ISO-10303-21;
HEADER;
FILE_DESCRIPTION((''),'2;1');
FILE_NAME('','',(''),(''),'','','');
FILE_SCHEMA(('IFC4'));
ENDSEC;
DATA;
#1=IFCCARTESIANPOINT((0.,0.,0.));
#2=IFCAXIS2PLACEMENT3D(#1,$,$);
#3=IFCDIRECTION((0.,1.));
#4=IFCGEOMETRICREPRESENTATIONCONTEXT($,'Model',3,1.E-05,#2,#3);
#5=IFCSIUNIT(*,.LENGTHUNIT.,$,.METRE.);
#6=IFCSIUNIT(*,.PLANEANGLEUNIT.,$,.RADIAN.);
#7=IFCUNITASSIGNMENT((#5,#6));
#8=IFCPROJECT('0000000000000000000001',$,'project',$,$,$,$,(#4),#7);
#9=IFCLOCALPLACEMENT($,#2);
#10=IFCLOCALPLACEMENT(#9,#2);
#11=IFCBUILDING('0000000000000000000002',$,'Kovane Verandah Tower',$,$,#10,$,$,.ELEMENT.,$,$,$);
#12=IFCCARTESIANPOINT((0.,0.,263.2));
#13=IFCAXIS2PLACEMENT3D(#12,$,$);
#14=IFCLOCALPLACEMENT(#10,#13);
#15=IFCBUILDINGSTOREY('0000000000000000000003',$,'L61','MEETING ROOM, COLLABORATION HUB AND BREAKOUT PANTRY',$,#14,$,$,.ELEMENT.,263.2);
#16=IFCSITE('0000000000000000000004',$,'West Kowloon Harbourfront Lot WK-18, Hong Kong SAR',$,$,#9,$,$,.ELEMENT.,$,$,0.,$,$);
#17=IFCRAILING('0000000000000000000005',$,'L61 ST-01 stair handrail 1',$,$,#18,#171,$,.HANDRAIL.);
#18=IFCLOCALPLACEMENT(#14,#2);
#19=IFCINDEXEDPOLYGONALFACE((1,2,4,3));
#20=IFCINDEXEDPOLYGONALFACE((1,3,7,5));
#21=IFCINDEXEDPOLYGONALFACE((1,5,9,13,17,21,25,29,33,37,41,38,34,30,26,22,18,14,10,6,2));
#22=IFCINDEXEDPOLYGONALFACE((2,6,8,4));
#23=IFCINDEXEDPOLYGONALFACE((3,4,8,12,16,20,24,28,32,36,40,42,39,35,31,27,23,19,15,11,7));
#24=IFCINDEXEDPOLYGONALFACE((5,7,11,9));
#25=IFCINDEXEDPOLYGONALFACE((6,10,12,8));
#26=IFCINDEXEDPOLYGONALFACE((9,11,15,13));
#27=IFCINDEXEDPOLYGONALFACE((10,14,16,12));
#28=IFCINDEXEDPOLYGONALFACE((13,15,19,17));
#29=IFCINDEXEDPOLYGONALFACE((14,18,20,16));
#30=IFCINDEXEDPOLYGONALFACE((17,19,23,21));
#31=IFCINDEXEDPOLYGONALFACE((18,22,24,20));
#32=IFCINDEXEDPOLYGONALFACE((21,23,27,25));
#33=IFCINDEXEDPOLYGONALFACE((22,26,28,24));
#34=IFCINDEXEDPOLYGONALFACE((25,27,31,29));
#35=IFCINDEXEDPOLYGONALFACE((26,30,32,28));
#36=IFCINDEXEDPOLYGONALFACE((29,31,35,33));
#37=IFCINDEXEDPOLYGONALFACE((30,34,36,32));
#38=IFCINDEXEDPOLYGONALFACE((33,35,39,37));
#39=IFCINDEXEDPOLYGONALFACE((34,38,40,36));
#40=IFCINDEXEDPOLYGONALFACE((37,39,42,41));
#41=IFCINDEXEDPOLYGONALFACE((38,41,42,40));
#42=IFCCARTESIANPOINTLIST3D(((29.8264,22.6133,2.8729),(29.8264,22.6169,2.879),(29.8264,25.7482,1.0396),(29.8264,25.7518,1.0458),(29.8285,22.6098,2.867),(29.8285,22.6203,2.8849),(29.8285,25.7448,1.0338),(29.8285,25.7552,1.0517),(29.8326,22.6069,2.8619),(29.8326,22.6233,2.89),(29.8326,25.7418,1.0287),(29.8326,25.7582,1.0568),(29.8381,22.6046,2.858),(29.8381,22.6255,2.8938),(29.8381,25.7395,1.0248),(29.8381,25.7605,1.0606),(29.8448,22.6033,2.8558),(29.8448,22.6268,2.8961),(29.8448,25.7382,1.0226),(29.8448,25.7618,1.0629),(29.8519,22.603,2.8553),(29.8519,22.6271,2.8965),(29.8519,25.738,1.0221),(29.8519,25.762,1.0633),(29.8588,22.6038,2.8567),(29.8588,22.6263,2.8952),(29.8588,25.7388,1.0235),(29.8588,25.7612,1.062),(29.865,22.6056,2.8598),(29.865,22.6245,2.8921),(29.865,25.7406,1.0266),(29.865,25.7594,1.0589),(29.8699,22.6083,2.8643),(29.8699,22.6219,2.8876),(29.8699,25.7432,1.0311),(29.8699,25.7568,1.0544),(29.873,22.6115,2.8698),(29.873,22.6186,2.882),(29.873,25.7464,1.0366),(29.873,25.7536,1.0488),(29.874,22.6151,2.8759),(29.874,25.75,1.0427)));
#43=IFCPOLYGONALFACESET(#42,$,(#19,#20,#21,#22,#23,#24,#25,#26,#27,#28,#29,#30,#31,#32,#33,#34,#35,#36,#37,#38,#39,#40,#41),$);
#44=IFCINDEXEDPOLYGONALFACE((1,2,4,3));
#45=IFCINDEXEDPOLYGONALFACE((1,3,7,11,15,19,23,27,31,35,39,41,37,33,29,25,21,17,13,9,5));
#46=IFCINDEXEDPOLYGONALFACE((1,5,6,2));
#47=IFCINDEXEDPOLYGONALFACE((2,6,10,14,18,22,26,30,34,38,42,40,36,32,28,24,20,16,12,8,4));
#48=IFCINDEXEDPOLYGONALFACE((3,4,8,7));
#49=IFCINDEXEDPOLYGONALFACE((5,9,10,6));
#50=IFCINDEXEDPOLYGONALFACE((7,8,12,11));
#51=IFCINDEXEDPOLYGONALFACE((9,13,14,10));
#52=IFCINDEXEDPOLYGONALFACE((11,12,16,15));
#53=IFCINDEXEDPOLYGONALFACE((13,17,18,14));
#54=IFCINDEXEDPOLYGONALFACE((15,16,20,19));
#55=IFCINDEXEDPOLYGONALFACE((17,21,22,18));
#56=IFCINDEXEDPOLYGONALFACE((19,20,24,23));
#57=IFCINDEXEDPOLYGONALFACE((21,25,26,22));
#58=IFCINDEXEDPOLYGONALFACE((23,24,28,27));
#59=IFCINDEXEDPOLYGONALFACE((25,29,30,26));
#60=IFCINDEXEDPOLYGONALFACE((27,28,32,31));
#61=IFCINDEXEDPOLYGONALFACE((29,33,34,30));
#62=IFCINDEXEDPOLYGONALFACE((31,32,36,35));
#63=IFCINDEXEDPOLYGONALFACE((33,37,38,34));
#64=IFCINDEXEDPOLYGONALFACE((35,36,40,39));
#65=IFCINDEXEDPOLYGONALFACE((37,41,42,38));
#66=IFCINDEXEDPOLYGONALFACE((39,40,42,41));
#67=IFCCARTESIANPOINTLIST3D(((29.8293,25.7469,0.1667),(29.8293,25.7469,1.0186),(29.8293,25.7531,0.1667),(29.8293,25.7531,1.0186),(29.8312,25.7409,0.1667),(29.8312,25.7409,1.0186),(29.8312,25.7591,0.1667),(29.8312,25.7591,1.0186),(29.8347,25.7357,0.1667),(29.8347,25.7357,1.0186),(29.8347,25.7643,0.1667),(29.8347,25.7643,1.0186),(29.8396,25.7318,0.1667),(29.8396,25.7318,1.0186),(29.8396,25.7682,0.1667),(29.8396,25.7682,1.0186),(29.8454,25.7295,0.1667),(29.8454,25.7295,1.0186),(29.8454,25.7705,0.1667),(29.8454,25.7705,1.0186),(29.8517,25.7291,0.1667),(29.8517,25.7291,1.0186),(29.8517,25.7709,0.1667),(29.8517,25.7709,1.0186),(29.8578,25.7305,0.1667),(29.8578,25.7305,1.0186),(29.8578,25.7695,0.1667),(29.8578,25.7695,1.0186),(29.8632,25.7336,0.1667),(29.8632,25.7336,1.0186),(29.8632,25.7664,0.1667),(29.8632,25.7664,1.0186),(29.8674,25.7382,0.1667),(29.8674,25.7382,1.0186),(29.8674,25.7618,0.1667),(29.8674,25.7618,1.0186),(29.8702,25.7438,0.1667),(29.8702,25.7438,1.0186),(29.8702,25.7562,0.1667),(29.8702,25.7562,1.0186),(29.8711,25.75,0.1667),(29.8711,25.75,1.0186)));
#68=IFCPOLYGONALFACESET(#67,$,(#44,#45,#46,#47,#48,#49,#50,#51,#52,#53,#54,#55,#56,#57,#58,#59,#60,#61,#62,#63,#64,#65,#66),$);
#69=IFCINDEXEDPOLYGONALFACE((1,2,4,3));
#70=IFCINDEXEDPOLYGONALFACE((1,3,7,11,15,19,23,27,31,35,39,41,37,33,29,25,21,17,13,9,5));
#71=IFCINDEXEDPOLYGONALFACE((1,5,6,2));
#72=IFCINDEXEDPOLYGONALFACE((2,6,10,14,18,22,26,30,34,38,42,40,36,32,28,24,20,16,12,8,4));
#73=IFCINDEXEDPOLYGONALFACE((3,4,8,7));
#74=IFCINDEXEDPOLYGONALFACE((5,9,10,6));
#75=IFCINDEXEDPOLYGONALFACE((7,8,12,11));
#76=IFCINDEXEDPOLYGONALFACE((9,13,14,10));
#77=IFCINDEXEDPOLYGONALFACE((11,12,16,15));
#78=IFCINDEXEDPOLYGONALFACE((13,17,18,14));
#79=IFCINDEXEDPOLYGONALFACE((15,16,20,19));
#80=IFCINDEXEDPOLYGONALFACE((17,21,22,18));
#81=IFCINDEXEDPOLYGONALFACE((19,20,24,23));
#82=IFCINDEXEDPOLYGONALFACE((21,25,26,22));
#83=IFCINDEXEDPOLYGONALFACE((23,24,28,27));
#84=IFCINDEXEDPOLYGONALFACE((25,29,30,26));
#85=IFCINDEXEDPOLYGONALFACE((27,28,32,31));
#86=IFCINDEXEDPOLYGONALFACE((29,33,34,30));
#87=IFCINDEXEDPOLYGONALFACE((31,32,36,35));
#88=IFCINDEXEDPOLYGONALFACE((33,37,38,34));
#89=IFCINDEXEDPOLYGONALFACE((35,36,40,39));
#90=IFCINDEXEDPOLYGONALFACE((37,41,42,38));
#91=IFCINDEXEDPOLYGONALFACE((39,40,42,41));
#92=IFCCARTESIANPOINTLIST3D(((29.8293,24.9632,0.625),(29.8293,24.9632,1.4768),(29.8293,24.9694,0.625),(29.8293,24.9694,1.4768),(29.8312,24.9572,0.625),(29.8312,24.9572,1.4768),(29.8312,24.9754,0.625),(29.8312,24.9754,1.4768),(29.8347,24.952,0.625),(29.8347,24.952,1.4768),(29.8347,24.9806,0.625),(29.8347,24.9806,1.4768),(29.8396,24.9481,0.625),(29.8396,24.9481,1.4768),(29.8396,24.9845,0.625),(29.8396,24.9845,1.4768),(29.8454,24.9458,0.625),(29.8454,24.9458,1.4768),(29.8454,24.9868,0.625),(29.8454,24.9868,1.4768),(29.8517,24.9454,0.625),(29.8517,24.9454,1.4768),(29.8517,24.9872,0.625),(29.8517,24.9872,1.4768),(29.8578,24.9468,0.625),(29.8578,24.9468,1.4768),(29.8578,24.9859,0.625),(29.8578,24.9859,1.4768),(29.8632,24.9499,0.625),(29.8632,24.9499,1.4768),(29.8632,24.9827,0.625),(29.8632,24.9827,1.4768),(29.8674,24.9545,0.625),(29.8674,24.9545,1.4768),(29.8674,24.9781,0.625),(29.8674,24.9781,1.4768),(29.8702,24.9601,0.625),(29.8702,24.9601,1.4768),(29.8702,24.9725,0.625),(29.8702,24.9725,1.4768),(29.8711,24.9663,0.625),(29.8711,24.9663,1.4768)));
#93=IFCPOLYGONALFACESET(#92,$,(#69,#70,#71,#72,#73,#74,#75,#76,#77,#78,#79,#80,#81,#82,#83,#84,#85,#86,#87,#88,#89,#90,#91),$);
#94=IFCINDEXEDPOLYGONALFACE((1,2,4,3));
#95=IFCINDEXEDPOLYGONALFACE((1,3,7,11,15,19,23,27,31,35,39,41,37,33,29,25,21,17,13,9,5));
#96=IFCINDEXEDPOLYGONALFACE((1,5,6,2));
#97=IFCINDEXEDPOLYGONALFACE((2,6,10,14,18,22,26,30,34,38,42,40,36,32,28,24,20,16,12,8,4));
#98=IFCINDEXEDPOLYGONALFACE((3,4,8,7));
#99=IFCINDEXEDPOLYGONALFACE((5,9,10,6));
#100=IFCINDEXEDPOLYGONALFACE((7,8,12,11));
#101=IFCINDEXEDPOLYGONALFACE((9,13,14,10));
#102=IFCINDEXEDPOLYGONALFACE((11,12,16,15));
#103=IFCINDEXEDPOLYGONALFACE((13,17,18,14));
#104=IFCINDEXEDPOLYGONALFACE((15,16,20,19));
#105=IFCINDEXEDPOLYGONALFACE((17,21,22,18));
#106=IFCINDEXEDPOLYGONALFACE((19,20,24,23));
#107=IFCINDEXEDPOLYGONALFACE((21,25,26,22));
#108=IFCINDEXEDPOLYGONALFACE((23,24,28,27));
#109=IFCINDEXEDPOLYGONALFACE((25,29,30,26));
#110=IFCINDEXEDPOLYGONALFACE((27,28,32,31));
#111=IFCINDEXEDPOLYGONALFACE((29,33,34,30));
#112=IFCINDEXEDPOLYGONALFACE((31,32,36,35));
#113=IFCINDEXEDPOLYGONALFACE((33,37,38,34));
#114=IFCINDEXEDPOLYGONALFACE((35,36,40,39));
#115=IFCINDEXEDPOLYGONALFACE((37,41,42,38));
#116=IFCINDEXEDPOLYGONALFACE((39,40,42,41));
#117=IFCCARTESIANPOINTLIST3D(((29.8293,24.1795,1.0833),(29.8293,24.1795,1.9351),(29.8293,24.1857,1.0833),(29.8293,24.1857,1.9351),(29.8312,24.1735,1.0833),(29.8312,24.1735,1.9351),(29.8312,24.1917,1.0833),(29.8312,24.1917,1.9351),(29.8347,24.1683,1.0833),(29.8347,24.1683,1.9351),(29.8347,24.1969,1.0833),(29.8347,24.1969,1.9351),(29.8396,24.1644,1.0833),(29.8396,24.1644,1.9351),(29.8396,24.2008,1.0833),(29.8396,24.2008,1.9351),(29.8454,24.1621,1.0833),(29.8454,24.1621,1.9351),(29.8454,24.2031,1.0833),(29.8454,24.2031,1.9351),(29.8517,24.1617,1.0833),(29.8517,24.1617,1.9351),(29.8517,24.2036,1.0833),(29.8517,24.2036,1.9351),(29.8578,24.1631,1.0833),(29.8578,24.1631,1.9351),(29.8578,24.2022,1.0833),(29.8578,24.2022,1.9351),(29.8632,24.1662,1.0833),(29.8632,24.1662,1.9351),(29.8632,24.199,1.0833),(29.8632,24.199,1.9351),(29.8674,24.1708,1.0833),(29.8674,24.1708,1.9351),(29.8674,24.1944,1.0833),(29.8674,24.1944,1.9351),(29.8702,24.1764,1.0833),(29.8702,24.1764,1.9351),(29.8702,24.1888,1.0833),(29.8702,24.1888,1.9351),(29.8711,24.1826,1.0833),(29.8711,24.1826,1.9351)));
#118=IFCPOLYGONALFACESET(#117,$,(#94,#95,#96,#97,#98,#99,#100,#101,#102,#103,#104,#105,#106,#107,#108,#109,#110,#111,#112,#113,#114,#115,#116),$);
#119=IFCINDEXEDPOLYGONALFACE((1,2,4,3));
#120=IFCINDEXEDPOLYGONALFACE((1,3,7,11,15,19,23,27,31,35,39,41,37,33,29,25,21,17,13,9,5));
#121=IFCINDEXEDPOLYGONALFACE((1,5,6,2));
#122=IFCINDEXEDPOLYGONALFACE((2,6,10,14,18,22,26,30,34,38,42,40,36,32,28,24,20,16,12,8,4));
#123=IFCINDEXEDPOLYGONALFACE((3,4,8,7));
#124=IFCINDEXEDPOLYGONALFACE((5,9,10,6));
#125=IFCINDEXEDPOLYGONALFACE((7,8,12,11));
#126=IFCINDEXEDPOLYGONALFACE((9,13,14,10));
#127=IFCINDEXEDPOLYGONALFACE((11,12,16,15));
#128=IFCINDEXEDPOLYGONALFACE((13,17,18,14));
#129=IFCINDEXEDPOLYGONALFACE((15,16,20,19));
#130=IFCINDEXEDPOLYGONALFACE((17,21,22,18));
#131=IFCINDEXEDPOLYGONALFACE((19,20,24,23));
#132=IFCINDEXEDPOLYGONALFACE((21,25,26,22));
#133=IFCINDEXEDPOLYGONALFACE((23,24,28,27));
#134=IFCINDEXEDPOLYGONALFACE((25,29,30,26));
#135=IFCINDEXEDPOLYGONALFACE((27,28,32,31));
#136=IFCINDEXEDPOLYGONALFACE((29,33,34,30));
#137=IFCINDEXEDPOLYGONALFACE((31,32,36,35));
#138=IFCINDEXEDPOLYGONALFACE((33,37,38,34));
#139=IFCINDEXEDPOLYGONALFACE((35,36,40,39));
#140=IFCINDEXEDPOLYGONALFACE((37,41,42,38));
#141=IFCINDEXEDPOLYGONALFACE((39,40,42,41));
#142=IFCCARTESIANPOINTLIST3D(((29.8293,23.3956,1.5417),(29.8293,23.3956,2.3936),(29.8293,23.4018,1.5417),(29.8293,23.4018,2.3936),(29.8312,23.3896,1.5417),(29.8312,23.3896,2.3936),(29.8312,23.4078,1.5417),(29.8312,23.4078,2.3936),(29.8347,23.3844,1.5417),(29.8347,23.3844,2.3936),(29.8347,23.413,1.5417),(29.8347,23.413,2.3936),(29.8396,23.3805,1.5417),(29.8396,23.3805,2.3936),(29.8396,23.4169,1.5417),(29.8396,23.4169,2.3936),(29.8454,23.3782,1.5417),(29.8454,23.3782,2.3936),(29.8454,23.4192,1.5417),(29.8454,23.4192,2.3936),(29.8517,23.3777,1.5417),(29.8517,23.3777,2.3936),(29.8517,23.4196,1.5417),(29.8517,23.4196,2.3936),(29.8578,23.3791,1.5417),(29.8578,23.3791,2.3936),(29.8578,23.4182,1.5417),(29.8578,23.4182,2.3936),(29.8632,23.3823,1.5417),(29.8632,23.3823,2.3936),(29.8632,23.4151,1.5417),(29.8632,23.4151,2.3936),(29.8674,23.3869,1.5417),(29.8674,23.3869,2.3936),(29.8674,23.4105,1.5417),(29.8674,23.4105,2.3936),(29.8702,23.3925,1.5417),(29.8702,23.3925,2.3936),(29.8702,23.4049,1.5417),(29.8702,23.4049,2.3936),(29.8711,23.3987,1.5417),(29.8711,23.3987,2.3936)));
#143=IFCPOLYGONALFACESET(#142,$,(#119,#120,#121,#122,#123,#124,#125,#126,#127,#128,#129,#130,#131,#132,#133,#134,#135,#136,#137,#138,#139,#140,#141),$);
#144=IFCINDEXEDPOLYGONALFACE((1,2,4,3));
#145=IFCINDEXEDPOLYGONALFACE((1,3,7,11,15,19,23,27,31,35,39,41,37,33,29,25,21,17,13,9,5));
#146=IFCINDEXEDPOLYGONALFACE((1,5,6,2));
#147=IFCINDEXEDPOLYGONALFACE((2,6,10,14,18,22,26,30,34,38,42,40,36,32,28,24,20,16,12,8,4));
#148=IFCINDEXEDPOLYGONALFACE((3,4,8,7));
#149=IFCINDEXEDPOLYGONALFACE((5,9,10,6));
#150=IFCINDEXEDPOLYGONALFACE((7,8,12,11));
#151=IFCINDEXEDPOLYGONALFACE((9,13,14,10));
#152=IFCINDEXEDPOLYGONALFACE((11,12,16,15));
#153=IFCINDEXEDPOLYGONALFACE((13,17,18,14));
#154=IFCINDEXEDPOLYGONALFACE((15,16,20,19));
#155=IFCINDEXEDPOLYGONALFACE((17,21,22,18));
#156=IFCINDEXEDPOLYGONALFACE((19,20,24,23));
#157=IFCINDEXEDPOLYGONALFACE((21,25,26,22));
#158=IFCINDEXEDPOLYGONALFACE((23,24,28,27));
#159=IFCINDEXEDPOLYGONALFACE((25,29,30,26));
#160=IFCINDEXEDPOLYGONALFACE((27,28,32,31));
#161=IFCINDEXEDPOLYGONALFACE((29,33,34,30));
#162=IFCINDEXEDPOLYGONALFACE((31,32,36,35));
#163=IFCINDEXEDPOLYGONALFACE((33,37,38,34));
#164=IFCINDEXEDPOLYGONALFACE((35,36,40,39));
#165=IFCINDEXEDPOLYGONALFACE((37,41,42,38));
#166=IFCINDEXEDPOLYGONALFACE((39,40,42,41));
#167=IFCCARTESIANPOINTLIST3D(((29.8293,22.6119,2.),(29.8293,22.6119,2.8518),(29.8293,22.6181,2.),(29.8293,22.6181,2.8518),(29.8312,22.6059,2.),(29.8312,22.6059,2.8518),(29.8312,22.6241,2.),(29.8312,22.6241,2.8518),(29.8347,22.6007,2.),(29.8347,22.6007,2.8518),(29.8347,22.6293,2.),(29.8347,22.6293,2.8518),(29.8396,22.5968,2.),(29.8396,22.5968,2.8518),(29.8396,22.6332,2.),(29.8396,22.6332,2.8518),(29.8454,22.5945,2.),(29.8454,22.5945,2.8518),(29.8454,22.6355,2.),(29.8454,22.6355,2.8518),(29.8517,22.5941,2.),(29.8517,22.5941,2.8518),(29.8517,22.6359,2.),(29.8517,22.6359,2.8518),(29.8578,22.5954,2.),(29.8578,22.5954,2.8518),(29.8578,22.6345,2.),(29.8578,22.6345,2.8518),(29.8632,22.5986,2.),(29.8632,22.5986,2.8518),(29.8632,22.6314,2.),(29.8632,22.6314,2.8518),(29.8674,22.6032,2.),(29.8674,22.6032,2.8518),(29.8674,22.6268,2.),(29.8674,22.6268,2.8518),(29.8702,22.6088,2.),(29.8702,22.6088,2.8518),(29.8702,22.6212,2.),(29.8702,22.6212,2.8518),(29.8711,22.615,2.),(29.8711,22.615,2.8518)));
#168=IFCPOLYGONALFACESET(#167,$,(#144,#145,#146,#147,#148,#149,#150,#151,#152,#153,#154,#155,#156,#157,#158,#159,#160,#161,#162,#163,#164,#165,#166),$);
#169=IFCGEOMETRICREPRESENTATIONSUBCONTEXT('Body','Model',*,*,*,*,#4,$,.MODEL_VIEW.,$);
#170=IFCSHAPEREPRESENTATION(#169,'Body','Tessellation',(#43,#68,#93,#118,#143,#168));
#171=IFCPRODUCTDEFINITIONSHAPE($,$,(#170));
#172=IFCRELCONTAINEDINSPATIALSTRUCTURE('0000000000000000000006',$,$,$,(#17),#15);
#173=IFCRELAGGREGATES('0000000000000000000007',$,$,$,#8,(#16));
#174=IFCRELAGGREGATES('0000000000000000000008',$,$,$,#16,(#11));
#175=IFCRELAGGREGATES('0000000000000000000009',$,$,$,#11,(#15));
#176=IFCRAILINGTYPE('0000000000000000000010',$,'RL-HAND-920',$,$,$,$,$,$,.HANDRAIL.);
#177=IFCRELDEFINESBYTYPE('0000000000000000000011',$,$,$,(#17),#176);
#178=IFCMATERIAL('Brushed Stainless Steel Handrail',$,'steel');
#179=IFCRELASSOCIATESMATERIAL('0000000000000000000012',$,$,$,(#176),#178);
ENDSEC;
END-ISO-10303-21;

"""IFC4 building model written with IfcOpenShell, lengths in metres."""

from ifc_helpers import new_model, si_unit, direction, frame, origin, origin_2d, place, context, subcontext, project, spatial, circle, extrude, material, type_object, element, save


model = new_model("IFC4")

# Units and contexts
model_context = context("Model", 3, precision=1e-05, world=origin(), true_north=direction((0.0, 1.0)))
body_context = subcontext(model_context, "Body", "Model", "MODEL_VIEW")
ifc_project = project(units=[si_unit("LENGTHUNIT", "METRE"), si_unit("PLANEANGLEUNIT", "RADIAN")], contexts=[model_context])

# Site, building, storey
site_placement = place(None, origin())
site = spatial("IfcSite", under=ifc_project, at=site_placement, Name="West Kowloon Harbourfront Lot WK-18, Hong Kong SAR", CompositionType="ELEMENT", RefElevation=0.0)
building_placement = place(site_placement, origin())
building = spatial("IfcBuilding", under=site, at=building_placement, Name="Kovane Verandah Tower", CompositionType="ELEMENT")
storey_placement = place(building_placement, frame((0.0, 0.0, 263.2)))
storey = spatial("IfcBuildingStorey", under=building, at=storey_placement, Name="L61", Description="MEETING ROOM, COLLABORATION HUB AND BREAKOUT PANTRY", CompositionType="ELEMENT", Elevation=263.2)

# Railing
ifc_material_1 = material(Name="Brushed Stainless Steel Handrail", Category="steel")
railing_type_1 = type_object("IfcRailingType", Name="RL-HAND-920", PredefinedType="HANDRAIL", material=ifc_material_1)
railing_1_placement = place(storey_placement, frame((29.8501, 25.75, 0.1667)))
element("IfcRailing", 1, at=railing_1_placement, inside=storey, type_object=railing_type_1, Name="L61 ST-01 stair handrail 1", PredefinedType="HANDRAIL", context=body_context, shape_type="SweptSolid", body=[
    extrude(circle(Radius=0.0239, at=origin_2d()), frame((0.0, 0.0, 0.876), z_axis=(0.0, -0.86324, 0.504794), x_axis=(1.0, 0.0, 0.0)), (0.0, 0.0, 1.0), 3.6316),
    extrude(circle(Radius=0.021, at=origin_2d()), origin(), (0.0, 0.0, 1.0), 0.8518),
    extrude(circle(Radius=0.021, at=origin_2d()), frame((0.0, -0.7837, 0.4583)), (0.0, 0.0, 1.0), 0.8518),
    extrude(circle(Radius=0.021, at=origin_2d()), frame((0.0, -1.5674, 0.9165)), (0.0, 0.0, 1.0), 0.8518),
    extrude(circle(Radius=0.021, at=origin_2d()), frame((0.0, -2.3513, 1.375)), (0.0, 0.0, 1.0), 0.8518),
    extrude(circle(Radius=0.021, at=origin_2d()), frame((0.0, -3.135, 1.8333)), (0.0, 0.0, 1.0), 0.8518),
])

save(model, "model.ifc")
